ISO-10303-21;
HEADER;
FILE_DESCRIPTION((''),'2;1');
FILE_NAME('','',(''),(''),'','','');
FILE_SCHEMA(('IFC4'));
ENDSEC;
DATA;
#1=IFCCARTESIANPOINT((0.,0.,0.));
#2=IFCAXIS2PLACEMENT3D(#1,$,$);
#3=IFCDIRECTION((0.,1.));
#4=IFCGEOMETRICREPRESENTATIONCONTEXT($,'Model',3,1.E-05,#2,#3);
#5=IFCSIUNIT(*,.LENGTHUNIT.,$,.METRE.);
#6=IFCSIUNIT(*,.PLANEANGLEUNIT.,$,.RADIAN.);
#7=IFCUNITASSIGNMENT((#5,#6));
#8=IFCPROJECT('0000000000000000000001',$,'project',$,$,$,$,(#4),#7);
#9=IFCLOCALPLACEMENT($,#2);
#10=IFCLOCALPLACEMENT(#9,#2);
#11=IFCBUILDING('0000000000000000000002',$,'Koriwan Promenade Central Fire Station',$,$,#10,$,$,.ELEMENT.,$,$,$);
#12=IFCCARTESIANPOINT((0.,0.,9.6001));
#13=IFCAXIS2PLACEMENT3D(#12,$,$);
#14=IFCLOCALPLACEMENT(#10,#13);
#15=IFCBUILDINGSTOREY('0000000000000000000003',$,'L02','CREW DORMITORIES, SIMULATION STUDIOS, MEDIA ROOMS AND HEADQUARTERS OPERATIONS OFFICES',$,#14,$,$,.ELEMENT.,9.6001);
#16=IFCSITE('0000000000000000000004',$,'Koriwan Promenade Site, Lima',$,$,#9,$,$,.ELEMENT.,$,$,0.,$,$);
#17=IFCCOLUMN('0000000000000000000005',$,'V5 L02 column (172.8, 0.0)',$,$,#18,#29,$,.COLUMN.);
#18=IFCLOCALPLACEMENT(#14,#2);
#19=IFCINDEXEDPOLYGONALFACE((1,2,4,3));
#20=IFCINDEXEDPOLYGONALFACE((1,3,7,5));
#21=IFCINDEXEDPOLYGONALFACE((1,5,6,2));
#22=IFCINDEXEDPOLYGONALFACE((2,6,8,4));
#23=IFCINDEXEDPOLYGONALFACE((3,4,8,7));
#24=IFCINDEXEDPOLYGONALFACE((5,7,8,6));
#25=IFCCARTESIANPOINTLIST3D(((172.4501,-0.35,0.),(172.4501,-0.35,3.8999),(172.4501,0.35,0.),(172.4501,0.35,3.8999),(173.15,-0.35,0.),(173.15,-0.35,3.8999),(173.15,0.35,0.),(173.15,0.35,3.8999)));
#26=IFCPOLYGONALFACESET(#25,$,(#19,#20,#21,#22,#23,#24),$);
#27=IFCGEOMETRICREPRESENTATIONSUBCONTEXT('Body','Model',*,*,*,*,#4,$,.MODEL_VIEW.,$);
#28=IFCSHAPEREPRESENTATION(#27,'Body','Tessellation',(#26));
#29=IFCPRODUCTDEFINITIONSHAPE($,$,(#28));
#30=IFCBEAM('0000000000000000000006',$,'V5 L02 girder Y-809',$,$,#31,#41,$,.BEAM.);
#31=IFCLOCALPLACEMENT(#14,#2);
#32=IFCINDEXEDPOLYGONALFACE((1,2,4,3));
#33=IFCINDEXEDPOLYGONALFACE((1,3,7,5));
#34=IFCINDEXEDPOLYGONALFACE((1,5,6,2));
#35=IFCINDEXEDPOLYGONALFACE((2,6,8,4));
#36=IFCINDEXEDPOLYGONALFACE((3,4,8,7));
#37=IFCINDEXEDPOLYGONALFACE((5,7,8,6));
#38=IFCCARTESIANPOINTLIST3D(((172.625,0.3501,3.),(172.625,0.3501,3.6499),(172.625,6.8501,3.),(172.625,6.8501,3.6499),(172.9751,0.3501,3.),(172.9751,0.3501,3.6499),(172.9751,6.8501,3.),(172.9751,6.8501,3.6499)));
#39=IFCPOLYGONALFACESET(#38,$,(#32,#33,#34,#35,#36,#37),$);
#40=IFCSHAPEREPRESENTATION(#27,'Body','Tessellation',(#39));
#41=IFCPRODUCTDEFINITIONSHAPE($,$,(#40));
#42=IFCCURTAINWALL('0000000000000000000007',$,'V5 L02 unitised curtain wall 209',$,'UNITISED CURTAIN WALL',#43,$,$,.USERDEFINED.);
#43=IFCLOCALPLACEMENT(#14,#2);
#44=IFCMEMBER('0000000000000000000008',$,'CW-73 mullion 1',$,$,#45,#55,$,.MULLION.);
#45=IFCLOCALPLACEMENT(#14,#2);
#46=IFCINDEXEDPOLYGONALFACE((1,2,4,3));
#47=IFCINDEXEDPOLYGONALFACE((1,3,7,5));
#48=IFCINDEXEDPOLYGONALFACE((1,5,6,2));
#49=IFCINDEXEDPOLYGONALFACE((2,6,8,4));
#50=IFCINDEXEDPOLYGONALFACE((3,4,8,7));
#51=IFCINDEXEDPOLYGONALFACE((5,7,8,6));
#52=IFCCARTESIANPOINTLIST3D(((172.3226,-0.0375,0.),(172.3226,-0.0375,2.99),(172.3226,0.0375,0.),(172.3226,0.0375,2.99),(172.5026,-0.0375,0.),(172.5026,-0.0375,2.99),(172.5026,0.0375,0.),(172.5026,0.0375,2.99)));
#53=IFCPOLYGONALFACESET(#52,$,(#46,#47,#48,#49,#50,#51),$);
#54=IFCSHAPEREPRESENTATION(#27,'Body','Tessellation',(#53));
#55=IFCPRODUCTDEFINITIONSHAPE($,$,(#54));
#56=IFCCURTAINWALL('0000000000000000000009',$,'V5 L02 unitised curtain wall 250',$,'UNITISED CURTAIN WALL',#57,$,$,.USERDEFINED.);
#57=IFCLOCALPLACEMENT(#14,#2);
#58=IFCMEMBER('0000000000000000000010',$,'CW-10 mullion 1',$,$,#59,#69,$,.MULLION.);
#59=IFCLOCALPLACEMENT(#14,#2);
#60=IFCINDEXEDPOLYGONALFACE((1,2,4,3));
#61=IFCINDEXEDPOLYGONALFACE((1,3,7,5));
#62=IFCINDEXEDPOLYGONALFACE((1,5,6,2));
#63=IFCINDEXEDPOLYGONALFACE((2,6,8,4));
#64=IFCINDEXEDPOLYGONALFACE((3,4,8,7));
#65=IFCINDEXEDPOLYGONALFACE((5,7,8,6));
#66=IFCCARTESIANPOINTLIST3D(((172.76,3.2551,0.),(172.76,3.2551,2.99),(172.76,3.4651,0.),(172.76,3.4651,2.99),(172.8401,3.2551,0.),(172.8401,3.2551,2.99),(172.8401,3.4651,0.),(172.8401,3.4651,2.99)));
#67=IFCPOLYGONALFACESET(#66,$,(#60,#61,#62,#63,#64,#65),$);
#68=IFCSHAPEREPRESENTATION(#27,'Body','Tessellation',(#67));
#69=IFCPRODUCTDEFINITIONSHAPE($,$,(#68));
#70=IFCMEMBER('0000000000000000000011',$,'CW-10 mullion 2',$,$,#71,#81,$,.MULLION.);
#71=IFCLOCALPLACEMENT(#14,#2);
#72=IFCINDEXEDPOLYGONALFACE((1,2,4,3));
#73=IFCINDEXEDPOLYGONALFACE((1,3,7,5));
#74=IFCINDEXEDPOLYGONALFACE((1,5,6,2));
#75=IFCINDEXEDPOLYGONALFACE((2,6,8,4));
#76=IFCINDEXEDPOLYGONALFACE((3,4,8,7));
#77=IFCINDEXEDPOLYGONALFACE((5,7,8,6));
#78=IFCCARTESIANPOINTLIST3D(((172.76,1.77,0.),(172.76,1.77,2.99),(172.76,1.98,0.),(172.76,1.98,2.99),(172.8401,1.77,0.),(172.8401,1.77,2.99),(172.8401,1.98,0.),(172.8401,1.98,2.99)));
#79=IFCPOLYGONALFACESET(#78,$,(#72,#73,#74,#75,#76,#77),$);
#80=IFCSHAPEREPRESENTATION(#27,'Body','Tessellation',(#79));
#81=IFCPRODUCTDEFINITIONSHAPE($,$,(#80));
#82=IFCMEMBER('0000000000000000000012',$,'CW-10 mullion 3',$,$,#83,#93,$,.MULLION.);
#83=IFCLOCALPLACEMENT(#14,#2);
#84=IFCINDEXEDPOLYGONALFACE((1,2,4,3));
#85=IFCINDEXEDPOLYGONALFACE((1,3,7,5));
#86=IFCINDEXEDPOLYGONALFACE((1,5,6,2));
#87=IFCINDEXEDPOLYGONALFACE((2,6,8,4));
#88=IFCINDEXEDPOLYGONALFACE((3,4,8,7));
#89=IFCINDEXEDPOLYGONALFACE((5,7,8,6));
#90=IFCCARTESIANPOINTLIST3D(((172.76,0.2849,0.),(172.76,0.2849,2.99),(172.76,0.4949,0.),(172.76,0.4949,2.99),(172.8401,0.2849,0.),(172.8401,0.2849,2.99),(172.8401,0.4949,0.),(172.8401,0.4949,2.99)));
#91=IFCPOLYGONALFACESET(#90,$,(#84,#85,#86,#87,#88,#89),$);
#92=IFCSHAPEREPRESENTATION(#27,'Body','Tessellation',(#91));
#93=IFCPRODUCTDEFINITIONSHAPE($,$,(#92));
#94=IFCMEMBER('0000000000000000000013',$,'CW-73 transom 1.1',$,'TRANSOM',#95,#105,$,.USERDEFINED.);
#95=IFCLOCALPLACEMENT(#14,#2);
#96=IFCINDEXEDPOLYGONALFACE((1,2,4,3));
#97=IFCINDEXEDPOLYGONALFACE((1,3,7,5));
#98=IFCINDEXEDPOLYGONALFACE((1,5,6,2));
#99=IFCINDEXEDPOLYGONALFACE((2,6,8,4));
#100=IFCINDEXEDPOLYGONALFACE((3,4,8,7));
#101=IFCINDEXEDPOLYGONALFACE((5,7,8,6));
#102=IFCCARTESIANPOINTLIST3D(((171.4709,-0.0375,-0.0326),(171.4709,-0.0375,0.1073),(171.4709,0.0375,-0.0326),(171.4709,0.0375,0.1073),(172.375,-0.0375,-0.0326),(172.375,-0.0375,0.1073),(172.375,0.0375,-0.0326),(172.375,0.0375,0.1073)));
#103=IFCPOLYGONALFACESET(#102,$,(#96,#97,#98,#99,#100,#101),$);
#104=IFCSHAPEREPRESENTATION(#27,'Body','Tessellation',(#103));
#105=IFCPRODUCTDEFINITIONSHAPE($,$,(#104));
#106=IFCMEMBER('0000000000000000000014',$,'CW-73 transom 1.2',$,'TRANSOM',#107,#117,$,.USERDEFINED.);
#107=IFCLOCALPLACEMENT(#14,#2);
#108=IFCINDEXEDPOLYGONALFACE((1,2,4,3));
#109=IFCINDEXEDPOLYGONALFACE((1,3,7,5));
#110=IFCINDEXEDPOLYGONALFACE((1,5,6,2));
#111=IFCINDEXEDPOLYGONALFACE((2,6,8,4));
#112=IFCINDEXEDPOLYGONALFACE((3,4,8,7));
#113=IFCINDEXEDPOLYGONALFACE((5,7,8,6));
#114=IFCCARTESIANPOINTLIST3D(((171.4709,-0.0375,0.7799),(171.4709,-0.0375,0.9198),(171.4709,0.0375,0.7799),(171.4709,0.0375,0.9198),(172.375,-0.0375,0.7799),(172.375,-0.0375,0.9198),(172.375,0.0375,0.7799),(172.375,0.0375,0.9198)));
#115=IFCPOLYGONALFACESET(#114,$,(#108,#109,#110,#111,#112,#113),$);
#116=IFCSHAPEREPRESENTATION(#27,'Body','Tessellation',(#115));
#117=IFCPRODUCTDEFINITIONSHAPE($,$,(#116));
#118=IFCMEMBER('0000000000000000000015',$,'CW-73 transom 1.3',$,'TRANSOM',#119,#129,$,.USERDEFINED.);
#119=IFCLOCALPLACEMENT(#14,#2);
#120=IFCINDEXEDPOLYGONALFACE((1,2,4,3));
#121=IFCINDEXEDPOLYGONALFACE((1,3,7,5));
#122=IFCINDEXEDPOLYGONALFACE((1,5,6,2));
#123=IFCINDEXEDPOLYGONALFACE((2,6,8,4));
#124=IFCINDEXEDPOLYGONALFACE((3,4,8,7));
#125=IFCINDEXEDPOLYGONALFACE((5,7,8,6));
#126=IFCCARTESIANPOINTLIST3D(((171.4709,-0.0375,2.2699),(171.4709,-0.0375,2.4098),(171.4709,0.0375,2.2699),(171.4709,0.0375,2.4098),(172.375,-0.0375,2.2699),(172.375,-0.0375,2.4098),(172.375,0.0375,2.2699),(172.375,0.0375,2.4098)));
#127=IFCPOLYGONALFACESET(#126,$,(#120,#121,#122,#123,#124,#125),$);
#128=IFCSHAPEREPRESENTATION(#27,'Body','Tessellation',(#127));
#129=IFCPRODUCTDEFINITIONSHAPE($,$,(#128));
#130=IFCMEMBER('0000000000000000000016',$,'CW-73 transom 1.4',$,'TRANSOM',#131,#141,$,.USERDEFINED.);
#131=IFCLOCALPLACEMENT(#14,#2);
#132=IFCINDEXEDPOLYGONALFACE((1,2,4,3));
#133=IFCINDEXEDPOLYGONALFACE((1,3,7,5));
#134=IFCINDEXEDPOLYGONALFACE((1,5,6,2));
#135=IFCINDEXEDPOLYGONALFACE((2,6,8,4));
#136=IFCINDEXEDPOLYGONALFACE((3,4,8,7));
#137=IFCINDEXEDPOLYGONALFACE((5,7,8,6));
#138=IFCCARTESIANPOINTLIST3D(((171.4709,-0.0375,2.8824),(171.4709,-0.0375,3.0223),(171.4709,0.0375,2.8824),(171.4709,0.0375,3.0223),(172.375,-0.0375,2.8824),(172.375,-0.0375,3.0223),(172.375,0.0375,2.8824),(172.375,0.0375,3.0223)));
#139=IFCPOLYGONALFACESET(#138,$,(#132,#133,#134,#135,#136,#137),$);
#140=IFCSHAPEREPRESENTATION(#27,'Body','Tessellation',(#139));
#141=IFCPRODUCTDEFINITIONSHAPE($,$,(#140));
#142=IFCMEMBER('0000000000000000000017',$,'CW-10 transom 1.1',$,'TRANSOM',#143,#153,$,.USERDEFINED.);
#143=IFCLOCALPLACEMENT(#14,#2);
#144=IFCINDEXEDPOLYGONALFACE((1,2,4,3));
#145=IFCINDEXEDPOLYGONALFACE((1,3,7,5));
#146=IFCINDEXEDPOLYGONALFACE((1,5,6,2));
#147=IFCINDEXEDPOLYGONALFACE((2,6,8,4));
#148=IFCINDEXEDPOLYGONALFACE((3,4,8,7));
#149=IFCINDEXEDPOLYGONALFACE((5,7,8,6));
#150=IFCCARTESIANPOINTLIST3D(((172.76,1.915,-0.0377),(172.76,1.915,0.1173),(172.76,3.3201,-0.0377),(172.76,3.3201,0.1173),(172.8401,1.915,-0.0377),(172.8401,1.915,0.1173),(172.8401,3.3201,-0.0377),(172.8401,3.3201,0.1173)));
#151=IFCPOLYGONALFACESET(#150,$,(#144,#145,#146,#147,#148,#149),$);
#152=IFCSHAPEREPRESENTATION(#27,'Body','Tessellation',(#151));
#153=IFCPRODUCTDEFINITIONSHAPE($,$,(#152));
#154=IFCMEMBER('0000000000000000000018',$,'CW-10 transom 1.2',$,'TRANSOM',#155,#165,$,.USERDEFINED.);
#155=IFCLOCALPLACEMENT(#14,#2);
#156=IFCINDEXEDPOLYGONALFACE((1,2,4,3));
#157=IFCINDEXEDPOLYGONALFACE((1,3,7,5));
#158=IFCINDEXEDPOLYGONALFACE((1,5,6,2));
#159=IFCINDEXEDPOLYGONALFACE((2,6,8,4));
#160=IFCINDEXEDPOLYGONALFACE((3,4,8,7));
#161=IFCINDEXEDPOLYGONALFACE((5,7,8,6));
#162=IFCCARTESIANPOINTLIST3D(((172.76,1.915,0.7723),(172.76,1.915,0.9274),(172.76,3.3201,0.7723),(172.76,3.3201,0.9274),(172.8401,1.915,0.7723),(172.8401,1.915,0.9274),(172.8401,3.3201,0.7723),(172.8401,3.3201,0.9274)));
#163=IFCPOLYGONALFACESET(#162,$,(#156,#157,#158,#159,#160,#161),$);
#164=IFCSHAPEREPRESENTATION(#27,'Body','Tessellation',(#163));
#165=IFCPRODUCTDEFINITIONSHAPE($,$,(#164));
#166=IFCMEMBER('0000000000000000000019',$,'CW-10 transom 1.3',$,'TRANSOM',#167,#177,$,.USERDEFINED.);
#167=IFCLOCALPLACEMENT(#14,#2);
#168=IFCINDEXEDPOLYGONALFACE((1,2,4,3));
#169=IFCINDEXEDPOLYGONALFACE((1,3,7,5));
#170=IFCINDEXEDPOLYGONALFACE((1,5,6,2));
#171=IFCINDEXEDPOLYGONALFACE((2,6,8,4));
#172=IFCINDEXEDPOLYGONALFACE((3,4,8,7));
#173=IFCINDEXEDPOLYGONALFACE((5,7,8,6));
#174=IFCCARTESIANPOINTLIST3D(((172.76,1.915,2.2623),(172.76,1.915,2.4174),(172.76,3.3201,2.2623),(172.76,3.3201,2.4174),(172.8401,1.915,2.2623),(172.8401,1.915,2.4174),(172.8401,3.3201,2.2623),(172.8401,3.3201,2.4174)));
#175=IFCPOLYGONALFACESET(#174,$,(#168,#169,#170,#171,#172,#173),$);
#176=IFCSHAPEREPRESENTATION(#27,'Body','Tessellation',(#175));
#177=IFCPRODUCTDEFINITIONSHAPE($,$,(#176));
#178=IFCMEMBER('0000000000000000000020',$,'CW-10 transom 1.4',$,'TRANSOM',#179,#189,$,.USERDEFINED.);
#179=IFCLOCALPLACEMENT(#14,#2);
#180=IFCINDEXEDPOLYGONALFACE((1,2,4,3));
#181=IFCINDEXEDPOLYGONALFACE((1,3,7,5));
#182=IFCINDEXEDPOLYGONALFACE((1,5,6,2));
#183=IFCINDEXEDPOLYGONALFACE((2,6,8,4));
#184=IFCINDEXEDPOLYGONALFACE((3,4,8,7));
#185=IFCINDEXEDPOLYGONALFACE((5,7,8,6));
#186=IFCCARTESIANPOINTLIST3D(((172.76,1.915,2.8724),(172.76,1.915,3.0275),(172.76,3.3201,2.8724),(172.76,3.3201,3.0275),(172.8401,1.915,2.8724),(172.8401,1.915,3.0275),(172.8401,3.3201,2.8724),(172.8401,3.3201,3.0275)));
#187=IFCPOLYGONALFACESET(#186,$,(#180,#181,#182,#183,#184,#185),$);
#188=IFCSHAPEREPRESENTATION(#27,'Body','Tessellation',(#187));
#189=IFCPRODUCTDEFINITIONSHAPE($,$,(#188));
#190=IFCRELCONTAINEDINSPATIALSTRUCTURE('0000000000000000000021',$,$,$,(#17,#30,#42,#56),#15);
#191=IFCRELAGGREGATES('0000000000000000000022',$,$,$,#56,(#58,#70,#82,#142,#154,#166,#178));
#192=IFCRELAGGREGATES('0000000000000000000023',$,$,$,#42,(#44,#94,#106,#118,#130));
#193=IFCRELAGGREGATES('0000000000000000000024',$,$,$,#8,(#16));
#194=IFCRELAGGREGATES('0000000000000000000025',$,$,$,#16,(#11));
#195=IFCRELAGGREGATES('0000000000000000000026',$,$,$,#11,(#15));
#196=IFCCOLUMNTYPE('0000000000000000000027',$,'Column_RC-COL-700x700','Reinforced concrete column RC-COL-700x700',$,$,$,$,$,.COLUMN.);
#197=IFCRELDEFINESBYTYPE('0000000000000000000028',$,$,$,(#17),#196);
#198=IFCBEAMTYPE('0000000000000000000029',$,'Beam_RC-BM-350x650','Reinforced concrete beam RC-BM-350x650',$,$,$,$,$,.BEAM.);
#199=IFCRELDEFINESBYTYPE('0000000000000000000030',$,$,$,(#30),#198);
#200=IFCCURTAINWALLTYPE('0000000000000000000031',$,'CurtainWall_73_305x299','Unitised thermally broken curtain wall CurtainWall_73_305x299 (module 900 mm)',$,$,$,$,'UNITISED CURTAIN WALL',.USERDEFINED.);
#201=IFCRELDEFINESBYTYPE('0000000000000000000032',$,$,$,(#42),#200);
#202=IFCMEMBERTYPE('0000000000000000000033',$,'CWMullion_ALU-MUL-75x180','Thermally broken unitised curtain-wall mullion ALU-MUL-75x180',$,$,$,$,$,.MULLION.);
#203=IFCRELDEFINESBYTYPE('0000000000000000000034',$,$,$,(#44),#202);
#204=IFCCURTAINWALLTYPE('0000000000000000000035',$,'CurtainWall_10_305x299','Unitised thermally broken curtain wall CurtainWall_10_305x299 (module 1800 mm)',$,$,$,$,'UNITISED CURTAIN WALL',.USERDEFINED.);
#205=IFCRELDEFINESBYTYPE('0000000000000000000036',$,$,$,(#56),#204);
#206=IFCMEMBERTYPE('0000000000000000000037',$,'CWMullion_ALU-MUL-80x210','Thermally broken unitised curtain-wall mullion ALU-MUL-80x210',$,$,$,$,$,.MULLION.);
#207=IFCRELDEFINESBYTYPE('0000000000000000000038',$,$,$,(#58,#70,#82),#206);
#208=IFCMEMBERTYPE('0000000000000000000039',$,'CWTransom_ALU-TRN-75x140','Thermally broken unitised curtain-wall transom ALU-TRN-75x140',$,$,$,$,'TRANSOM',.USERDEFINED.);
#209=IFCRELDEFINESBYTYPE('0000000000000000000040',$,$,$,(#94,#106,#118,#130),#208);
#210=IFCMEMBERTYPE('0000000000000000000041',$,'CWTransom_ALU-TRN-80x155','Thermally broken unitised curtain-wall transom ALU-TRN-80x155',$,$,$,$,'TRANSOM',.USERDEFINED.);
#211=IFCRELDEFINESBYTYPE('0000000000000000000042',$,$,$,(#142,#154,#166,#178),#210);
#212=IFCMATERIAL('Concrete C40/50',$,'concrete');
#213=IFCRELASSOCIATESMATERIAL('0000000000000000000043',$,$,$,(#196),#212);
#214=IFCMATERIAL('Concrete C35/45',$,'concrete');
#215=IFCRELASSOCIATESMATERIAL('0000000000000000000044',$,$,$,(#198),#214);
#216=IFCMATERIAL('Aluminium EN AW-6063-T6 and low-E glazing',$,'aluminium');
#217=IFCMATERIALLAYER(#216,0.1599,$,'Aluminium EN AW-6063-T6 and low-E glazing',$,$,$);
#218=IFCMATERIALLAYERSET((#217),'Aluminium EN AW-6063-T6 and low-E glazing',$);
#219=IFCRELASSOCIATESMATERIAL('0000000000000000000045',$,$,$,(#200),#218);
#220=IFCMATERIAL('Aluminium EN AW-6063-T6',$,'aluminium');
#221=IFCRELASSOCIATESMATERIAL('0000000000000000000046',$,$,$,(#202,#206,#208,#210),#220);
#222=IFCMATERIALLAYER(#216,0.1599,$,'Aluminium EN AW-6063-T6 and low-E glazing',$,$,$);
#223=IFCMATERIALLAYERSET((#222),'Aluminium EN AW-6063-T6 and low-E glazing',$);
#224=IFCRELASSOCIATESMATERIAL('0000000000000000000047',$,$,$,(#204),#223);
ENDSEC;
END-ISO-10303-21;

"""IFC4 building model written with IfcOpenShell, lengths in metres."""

from ifc_helpers import new_model, si_unit, direction, frame, origin, origin_2d, place, context, subcontext, project, spatial, rectangle, extrude, material, layer, layer_set, material_profile, profile_set, type_object, element, aggregate, save


model = new_model("IFC4")

# Units and contexts
model_context = context("Model", 3, precision=1e-05, world=origin(), true_north=direction((0.0, 1.0)))
body_context = subcontext(model_context, "Body", "Model", "MODEL_VIEW")
ifc_project = project(units=[si_unit("LENGTHUNIT", "METRE"), si_unit("PLANEANGLEUNIT", "RADIAN")], contexts=[model_context])

# Site, building, storey
site_placement = place(None, origin())
site = spatial("IfcSite", under=ifc_project, at=site_placement, Name="Koriwan Promenade Site, Lima", CompositionType="ELEMENT", RefElevation=0.0)
building_placement = place(site_placement, origin())
building = spatial("IfcBuilding", under=site, at=building_placement, Name="Koriwan Promenade Central Fire Station", CompositionType="ELEMENT")
storey_placement = place(building_placement, frame((0.0, 0.0, 9.6001)))
storey = spatial("IfcBuildingStorey", under=building, at=storey_placement, Name="L02", Description="CREW DORMITORIES, SIMULATION STUDIOS, MEDIA ROOMS AND HEADQUARTERS OPERATIONS OFFICES", CompositionType="ELEMENT", Elevation=9.6001)

# Column
ifc_material_1 = material(Name="Concrete C40/50", Category="concrete")
ifc_material_profile_1 = material_profile(ifc_material_1, rectangle(XDim=0.7, YDim=0.7, at=origin_2d()), Name="RC-COL-700x700")
ifc_profile_set_1 = profile_set([ifc_material_profile_1], Name="Concrete C40/50")
column_type = type_object("IfcColumnType", Name="Column_RC-COL-700x700", Description="Reinforced concrete column RC-COL-700x700", PredefinedType="COLUMN", material=ifc_profile_set_1)
column_placement = place(storey_placement, frame((172.8, 0.0, 0.0), z_axis=(0.0, 0.0, 1.0), x_axis=(1.0, 0.0, 0.0)))
element("IfcColumn", 1, at=column_placement, inside=storey, type_object=column_type, Name="V5 L02 column (172.8, 0.0)", PredefinedType="COLUMN", context=body_context, shape_type="SweptSolid", body=[
    extrude(rectangle(XDim=0.7, YDim=0.7, at=origin_2d()), origin(), (0.0, 0.0, 1.0), 3.8999),
])

# Beam
ifc_material_2 = material(Name="Concrete C35/45", Category="concrete")
ifc_material_profile_2 = material_profile(ifc_material_2, rectangle(XDim=0.3501, YDim=0.6499, at=origin_2d()), Name="RC-BM-350x650")
ifc_profile_set_2 = profile_set([ifc_material_profile_2], Name="Concrete C35/45")
beam_type = type_object("IfcBeamType", Name="Beam_RC-BM-350x650", Description="Reinforced concrete beam RC-BM-350x650", PredefinedType="BEAM", material=ifc_profile_set_2)
beam_placement = place(storey_placement, frame((172.8, 0.3501, 3.325), z_axis=(0.0, 1.0, 0.0), x_axis=(-1.0, 0.0, 0.0)))
element("IfcBeam", 2, at=beam_placement, inside=storey, type_object=beam_type, Name="V5 L02 girder Y-809", PredefinedType="BEAM", context=body_context, shape_type="SweptSolid", body=[
    extrude(rectangle(XDim=0.3501, YDim=0.6499, at=origin_2d()), origin(), (0.0, 0.0, 1.0), 6.5),
])

# Curtain wall, member
ifc_material_3 = material(Name="Aluminium EN AW-6063-T6 and low-E glazing", Category="aluminium")
ifc_layer_1 = layer(ifc_material_3, 0.1599, Name="Aluminium EN AW-6063-T6 and low-E glazing")
ifc_layer_set_1 = layer_set([ifc_layer_1], Name="Aluminium EN AW-6063-T6 and low-E glazing")
curtain_wall_type_1 = type_object("IfcCurtainWallType", Name="CurtainWall_73_305x299", Description="Unitised thermally broken curtain wall CurtainWall_73_305x299 (module 900 mm)", ElementType="UNITISED CURTAIN WALL", PredefinedType="USERDEFINED", material=ifc_layer_set_1)
curtain_wall_1_placement = place(storey_placement, origin())
curtain_wall_1 = element("IfcCurtainWall", 3, at=curtain_wall_1_placement, inside=storey, type_object=curtain_wall_type_1, Name="V5 L02 unitised curtain wall 209", ObjectType="UNITISED CURTAIN WALL", PredefinedType="USERDEFINED")
ifc_material_4 = material(Name="Aluminium EN AW-6063-T6", Category="aluminium")
ifc_material_profile_3 = material_profile(ifc_material_4, rectangle(XDim=0.075, YDim=0.1799, at=origin_2d()), Name="ALU-MUL-75x180")
ifc_profile_set_3 = profile_set([ifc_material_profile_3], Name="Aluminium EN AW-6063-T6")
member_type_1 = type_object("IfcMemberType", Name="CWMullion_ALU-MUL-75x180", Description="Thermally broken unitised curtain-wall mullion ALU-MUL-75x180", PredefinedType="MULLION", material=ifc_profile_set_3)
member_1_placement = place(storey_placement, frame((172.4126, 0.0, 0.0), z_axis=(0.0, 0.0, 1.0), x_axis=(0.0, -1.0, 0.0)))
member_1 = element("IfcMember", 4, at=member_1_placement, type_object=member_type_1, Name="CW-73 mullion 1", PredefinedType="MULLION", context=body_context, shape_type="SweptSolid", body=[
    extrude(rectangle(XDim=0.075, YDim=0.1799, at=origin_2d()), origin(), (0.0, 0.0, 1.0), 2.99),
])

# Curtain wall, members
ifc_layer_2 = layer(ifc_material_3, 0.1599, Name="Aluminium EN AW-6063-T6 and low-E glazing")
ifc_layer_set_2 = layer_set([ifc_layer_2], Name="Aluminium EN AW-6063-T6 and low-E glazing")
curtain_wall_type_2 = type_object("IfcCurtainWallType", Name="CurtainWall_10_305x299", Description="Unitised thermally broken curtain wall CurtainWall_10_305x299 (module 1800 mm)", ElementType="UNITISED CURTAIN WALL", PredefinedType="USERDEFINED", material=ifc_layer_set_2)
curtain_wall_2_placement = place(storey_placement, origin())
curtain_wall_2 = element("IfcCurtainWall", 5, at=curtain_wall_2_placement, inside=storey, type_object=curtain_wall_type_2, Name="V5 L02 unitised curtain wall 250", ObjectType="UNITISED CURTAIN WALL", PredefinedType="USERDEFINED")
ifc_material_profile_4 = material_profile(ifc_material_4, rectangle(XDim=0.0801, YDim=0.21, at=origin_2d()), Name="ALU-MUL-80x210")
ifc_profile_set_4 = profile_set([ifc_material_profile_4], Name="Aluminium EN AW-6063-T6")
member_type_2 = type_object("IfcMemberType", Name="CWMullion_ALU-MUL-80x210", Description="Thermally broken unitised curtain-wall mullion ALU-MUL-80x210", PredefinedType="MULLION", material=ifc_profile_set_4)
member_2_placement = place(storey_placement, frame((172.8, 3.3601, 0.0), z_axis=(0.0, 0.0, 1.0), x_axis=(1.0, 0.0, 0.0)))
member_2 = element("IfcMember", 6, at=member_2_placement, type_object=member_type_2, Name="CW-10 mullion 1", PredefinedType="MULLION", context=body_context, shape_type="SweptSolid", body=[
    extrude(rectangle(XDim=0.0801, YDim=0.21, at=origin_2d()), origin(), (0.0, 0.0, 1.0), 2.99),
])
member_3_placement = place(storey_placement, frame((172.8, 1.875, 0.0), z_axis=(0.0, 0.0, 1.0), x_axis=(1.0, 0.0, 0.0)))
member_3 = element("IfcMember", 7, at=member_3_placement, type_object=member_type_2, Name="CW-10 mullion 2", PredefinedType="MULLION", context=body_context, shape_type="SweptSolid", body=[
    extrude(rectangle(XDim=0.0801, YDim=0.21, at=origin_2d()), origin(), (0.0, 0.0, 1.0), 2.99),
])
member_4_placement = place(storey_placement, frame((172.8, 0.3899, 0.0), z_axis=(0.0, 0.0, 1.0), x_axis=(1.0, 0.0, 0.0)))
member_4 = element("IfcMember", 8, at=member_4_placement, type_object=member_type_2, Name="CW-10 mullion 3", PredefinedType="MULLION", context=body_context, shape_type="SweptSolid", body=[
    extrude(rectangle(XDim=0.0801, YDim=0.21, at=origin_2d()), origin(), (0.0, 0.0, 1.0), 2.99),
])

# Members
ifc_material_profile_5 = material_profile(ifc_material_4, rectangle(XDim=0.075, YDim=0.1399, at=origin_2d()), Name="ALU-TRN-75x140")
ifc_profile_set_5 = profile_set([ifc_material_profile_5], Name="Aluminium EN AW-6063-T6")
member_type_3 = type_object("IfcMemberType", Name="CWTransom_ALU-TRN-75x140", Description="Thermally broken unitised curtain-wall transom ALU-TRN-75x140", ElementType="TRANSOM", PredefinedType="USERDEFINED", material=ifc_profile_set_5)
member_5_placement = place(storey_placement, frame((172.375, 0.0, 0.0374), z_axis=(-1.0, 0.0, 0.0), x_axis=(0.0, -1.0, 0.0)))
member_5 = element("IfcMember", 9, at=member_5_placement, type_object=member_type_3, Name="CW-73 transom 1.1", ObjectType="TRANSOM", PredefinedType="USERDEFINED", context=body_context, shape_type="SweptSolid", body=[
    extrude(rectangle(XDim=0.075, YDim=0.1399, at=origin_2d()), origin(), (0.0, 0.0, 1.0), 0.9041),
])
member_6_placement = place(storey_placement, frame((172.375, 0.0, 0.8499), z_axis=(-1.0, 0.0, 0.0), x_axis=(0.0, -1.0, 0.0)))
member_6 = element("IfcMember", 10, at=member_6_placement, type_object=member_type_3, Name="CW-73 transom 1.2", ObjectType="TRANSOM", PredefinedType="USERDEFINED", context=body_context, shape_type="SweptSolid", body=[
    extrude(rectangle(XDim=0.075, YDim=0.1399, at=origin_2d()), origin(), (0.0, 0.0, 1.0), 0.9041),
])
member_7_placement = place(storey_placement, frame((172.375, 0.0, 2.3398), z_axis=(-1.0, 0.0, 0.0), x_axis=(0.0, -1.0, 0.0)))
member_7 = element("IfcMember", 11, at=member_7_placement, type_object=member_type_3, Name="CW-73 transom 1.3", ObjectType="TRANSOM", PredefinedType="USERDEFINED", context=body_context, shape_type="SweptSolid", body=[
    extrude(rectangle(XDim=0.075, YDim=0.1399, at=origin_2d()), origin(), (0.0, 0.0, 1.0), 0.9041),
])
member_8_placement = place(storey_placement, frame((172.375, 0.0, 2.9524), z_axis=(-1.0, 0.0, 0.0), x_axis=(0.0, -1.0, 0.0)))
member_8 = element("IfcMember", 12, at=member_8_placement, type_object=member_type_3, Name="CW-73 transom 1.4", ObjectType="TRANSOM", PredefinedType="USERDEFINED", context=body_context, shape_type="SweptSolid", body=[
    extrude(rectangle(XDim=0.075, YDim=0.1399, at=origin_2d()), origin(), (0.0, 0.0, 1.0), 0.9041),
])
ifc_material_profile_6 = material_profile(ifc_material_4, rectangle(XDim=0.0801, YDim=0.155, at=origin_2d()), Name="ALU-TRN-80x155")
ifc_profile_set_6 = profile_set([ifc_material_profile_6], Name="Aluminium EN AW-6063-T6")
member_type_4 = type_object("IfcMemberType", Name="CWTransom_ALU-TRN-80x155", Description="Thermally broken unitised curtain-wall transom ALU-TRN-80x155", ElementType="TRANSOM", PredefinedType="USERDEFINED", material=ifc_profile_set_6)
member_9_placement = place(storey_placement, frame((172.8, 3.3201, 0.0398), z_axis=(0.0, -1.0, 0.0), x_axis=(1.0, 0.0, 0.0)))
member_9 = element("IfcMember", 13, at=member_9_placement, type_object=member_type_4, Name="CW-10 transom 1.1", ObjectType="TRANSOM", PredefinedType="USERDEFINED", context=body_context, shape_type="SweptSolid", body=[
    extrude(rectangle(XDim=0.0801, YDim=0.155, at=origin_2d()), origin(), (0.0, 0.0, 1.0), 1.405),
])
member_10_placement = place(storey_placement, frame((172.8, 3.3201, 0.8499), z_axis=(0.0, -1.0, 0.0), x_axis=(1.0, 0.0, 0.0)))
member_10 = element("IfcMember", 14, at=member_10_placement, type_object=member_type_4, Name="CW-10 transom 1.2", ObjectType="TRANSOM", PredefinedType="USERDEFINED", context=body_context, shape_type="SweptSolid", body=[
    extrude(rectangle(XDim=0.0801, YDim=0.155, at=origin_2d()), origin(), (0.0, 0.0, 1.0), 1.405),
])
member_11_placement = place(storey_placement, frame((172.8, 3.3201, 2.3398), z_axis=(0.0, -1.0, 0.0), x_axis=(1.0, 0.0, 0.0)))
member_11 = element("IfcMember", 15, at=member_11_placement, type_object=member_type_4, Name="CW-10 transom 1.3", ObjectType="TRANSOM", PredefinedType="USERDEFINED", context=body_context, shape_type="SweptSolid", body=[
    extrude(rectangle(XDim=0.0801, YDim=0.155, at=origin_2d()), origin(), (0.0, 0.0, 1.0), 1.405),
])
member_12_placement = place(storey_placement, frame((172.8, 3.3201, 2.95), z_axis=(0.0, -1.0, 0.0), x_axis=(1.0, 0.0, 0.0)))
member_12 = element("IfcMember", 16, at=member_12_placement, type_object=member_type_4, Name="CW-10 transom 1.4", ObjectType="TRANSOM", PredefinedType="USERDEFINED", context=body_context, shape_type="SweptSolid", body=[
    extrude(rectangle(XDim=0.0801, YDim=0.155, at=origin_2d()), origin(), (0.0, 0.0, 1.0), 1.405),
])

aggregate(curtain_wall_2, [member_2, member_3, member_4, member_9, member_10, member_11, member_12])
aggregate(curtain_wall_1, [member_1, member_5, member_6, member_7, member_8])

save(model, "model.ifc")
